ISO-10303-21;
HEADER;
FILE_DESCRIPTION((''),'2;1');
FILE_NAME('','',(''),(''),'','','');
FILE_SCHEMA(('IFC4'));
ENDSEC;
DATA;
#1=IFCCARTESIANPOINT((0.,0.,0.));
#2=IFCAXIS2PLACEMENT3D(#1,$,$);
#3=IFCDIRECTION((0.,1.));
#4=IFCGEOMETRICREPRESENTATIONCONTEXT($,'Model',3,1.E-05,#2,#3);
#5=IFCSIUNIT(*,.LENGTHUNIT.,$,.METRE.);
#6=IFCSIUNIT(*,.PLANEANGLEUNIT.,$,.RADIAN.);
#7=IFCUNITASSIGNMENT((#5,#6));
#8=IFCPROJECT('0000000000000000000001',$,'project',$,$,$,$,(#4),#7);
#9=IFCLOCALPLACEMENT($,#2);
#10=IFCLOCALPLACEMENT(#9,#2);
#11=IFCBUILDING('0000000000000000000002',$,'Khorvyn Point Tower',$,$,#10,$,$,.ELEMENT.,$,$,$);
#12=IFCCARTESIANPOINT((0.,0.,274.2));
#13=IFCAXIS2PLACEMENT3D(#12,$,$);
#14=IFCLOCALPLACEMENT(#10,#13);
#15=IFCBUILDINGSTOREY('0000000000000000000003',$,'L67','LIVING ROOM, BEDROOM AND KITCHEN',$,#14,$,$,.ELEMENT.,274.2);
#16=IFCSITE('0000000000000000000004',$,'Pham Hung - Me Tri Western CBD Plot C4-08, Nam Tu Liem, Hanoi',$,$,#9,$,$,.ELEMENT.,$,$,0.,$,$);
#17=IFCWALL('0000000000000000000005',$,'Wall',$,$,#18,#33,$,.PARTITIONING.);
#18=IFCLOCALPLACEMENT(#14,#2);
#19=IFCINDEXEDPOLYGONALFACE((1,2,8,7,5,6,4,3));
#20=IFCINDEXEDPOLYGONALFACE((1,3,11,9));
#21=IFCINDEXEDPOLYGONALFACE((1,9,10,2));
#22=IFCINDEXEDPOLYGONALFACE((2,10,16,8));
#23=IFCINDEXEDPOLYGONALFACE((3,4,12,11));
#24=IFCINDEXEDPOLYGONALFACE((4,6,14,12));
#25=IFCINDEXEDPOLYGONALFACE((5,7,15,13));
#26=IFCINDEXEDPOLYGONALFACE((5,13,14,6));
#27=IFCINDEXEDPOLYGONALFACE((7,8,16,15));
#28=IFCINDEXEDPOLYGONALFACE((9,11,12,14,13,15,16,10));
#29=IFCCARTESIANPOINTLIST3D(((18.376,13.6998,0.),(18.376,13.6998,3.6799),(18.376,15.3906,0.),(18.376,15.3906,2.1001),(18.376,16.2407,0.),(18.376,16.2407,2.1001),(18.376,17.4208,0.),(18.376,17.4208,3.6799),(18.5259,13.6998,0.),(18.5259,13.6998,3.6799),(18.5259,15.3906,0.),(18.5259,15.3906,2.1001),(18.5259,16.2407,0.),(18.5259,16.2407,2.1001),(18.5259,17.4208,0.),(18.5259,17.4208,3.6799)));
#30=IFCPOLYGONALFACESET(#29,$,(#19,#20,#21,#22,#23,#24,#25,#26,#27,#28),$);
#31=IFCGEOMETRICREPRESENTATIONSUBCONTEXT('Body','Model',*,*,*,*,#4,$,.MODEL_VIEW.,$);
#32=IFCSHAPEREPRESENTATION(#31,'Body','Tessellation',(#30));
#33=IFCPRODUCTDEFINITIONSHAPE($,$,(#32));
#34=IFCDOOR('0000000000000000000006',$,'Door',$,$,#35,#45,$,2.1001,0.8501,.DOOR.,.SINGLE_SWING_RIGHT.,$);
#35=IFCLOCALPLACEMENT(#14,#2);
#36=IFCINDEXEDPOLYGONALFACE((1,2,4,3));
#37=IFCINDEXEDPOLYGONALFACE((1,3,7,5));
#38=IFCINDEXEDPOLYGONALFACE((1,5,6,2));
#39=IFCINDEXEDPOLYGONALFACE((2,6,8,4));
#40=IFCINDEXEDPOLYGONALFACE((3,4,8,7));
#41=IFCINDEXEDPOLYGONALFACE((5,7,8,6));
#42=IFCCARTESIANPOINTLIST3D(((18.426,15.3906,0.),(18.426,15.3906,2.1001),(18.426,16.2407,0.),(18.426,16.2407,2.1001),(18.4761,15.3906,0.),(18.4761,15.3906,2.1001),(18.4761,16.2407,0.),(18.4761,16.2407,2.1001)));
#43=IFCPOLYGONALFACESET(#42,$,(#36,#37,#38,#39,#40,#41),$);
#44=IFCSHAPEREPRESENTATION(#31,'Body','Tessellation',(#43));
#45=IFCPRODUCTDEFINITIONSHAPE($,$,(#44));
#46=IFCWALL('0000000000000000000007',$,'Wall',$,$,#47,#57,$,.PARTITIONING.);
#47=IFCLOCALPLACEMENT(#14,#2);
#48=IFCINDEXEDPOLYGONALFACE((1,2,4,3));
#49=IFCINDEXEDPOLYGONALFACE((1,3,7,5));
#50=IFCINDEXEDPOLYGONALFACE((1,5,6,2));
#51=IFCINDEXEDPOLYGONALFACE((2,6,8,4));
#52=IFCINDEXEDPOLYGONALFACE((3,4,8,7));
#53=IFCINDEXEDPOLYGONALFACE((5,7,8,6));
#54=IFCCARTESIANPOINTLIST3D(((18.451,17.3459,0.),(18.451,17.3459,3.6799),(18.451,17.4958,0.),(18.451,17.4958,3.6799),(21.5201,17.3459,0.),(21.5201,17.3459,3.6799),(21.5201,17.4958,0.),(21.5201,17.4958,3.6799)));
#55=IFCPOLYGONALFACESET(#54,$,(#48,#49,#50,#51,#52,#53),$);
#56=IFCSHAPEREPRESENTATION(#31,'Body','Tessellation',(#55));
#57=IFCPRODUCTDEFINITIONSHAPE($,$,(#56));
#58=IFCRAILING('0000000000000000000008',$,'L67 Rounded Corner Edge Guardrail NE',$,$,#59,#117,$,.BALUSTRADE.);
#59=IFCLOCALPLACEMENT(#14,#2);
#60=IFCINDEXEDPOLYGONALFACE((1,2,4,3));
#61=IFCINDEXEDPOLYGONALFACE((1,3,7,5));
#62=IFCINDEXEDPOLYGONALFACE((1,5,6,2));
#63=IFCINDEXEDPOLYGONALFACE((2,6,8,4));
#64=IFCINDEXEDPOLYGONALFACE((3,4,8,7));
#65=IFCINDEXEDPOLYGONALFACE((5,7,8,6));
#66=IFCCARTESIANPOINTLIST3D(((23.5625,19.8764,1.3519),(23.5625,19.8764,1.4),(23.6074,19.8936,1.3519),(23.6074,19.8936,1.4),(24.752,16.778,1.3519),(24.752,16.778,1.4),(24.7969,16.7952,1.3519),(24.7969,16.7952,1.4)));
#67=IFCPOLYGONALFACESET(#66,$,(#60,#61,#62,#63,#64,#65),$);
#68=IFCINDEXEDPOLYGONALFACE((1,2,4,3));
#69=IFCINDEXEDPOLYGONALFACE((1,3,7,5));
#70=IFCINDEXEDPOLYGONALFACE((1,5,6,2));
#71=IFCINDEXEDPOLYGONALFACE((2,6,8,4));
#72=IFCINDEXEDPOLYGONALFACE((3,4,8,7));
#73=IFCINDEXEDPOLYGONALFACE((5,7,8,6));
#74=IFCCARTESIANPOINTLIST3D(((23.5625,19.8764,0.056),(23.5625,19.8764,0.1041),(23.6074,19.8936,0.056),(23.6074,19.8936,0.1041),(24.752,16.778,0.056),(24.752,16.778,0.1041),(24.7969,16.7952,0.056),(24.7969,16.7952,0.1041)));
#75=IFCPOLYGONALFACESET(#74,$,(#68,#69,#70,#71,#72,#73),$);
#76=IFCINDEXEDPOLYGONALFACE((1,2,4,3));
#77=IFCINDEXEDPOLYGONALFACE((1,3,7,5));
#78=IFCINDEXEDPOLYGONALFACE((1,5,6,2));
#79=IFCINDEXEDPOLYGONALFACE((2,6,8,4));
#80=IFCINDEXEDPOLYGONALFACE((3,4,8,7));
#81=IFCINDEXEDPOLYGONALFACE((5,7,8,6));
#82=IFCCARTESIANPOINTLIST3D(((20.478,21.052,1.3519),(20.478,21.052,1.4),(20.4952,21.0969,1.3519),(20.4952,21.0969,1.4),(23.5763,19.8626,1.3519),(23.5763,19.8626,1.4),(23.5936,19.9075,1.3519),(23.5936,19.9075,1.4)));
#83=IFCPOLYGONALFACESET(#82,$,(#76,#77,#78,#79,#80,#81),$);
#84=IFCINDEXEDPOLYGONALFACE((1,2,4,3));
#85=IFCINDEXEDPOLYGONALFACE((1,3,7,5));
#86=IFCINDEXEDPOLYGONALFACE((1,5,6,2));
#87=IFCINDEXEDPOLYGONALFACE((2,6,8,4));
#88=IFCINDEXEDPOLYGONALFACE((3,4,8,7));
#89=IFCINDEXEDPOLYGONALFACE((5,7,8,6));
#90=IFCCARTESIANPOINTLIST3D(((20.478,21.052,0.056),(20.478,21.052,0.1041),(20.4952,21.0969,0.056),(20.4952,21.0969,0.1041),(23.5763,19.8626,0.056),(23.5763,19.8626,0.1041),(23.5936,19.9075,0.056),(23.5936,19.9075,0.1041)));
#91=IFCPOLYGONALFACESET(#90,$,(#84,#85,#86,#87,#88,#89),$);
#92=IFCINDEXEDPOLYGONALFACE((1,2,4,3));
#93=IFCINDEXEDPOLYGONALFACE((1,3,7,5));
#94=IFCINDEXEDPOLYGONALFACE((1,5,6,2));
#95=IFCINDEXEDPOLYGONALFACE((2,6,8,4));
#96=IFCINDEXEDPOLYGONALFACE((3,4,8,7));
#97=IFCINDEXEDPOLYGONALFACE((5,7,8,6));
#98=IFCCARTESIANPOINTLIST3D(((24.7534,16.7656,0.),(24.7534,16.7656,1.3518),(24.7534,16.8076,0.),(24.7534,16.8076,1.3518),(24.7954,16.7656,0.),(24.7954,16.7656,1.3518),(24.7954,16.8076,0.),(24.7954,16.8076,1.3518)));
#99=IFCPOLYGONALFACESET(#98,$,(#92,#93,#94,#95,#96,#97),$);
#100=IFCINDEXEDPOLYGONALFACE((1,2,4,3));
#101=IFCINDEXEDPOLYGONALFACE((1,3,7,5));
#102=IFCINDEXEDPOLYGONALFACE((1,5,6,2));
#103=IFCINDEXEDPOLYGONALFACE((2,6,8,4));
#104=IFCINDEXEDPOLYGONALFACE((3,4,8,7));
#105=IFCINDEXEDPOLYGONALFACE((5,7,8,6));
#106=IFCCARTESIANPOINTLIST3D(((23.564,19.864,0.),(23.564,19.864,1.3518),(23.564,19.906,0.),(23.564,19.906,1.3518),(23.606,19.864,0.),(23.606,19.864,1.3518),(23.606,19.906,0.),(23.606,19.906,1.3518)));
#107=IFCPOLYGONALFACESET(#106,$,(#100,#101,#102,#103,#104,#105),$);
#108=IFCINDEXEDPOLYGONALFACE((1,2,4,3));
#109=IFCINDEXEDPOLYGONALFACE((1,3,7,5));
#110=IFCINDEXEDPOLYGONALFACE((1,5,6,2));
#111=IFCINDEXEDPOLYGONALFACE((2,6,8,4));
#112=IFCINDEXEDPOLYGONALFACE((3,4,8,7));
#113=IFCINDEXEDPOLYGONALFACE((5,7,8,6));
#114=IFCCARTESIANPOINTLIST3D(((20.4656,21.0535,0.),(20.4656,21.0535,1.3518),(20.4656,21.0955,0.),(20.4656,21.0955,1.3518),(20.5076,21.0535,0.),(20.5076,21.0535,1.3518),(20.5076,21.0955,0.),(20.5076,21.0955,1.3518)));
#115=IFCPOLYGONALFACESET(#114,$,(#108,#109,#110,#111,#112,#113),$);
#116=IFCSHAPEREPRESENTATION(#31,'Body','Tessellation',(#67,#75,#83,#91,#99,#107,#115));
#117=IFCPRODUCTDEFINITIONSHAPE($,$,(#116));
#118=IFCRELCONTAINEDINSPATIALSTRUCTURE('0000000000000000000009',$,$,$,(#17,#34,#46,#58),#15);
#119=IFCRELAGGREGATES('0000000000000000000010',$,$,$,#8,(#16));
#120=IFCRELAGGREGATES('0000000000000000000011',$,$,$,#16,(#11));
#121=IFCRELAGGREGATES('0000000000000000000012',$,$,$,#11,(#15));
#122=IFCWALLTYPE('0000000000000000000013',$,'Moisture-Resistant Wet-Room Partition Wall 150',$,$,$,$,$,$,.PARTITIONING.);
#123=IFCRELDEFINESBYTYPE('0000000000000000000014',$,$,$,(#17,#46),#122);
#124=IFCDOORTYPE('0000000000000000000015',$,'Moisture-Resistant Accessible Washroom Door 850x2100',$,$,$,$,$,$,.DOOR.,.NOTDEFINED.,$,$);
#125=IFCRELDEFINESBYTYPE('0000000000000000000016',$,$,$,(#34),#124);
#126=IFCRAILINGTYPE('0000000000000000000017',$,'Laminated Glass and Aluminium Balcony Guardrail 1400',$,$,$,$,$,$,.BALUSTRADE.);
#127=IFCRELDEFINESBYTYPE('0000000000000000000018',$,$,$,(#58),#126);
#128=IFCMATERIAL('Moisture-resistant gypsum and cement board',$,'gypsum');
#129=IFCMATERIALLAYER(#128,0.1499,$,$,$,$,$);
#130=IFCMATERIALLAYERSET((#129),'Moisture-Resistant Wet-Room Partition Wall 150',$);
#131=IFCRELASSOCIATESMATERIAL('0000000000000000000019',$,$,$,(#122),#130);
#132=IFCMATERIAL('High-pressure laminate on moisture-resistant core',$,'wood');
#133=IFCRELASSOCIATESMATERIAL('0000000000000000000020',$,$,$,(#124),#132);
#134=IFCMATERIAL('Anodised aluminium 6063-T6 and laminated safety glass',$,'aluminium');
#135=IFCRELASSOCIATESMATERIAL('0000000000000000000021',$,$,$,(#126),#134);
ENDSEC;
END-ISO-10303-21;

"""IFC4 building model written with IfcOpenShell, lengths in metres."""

from ifc_helpers import new_model, si_unit, direction, frame, frame_2d, origin, origin_2d, place, context, subcontext, project, spatial, rectangle, extrude, material, layer, layer_set, type_object, element, fill, save


model = new_model("IFC4")

# Units and contexts
model_context = context("Model", 3, precision=1e-05, world=origin(), true_north=direction((0.0, 1.0)))
body_context = subcontext(model_context, "Body", "Model", "MODEL_VIEW")
ifc_project = project(units=[si_unit("LENGTHUNIT", "METRE"), si_unit("PLANEANGLEUNIT", "RADIAN")], contexts=[model_context])

# Site, building, storey
site_placement = place(None, origin())
site = spatial("IfcSite", under=ifc_project, at=site_placement, Name="Pham Hung - Me Tri Western CBD Plot C4-08, Nam Tu Liem, Hanoi", CompositionType="ELEMENT", RefElevation=0.0)
building_placement = place(site_placement, origin())
building = spatial("IfcBuilding", under=site, at=building_placement, Name="Khorvyn Point Tower", CompositionType="ELEMENT")
storey_placement = place(building_placement, frame((0.0, 0.0, 274.2)))
storey = spatial("IfcBuildingStorey", under=building, at=storey_placement, Name="L67", Description="LIVING ROOM, BEDROOM AND KITCHEN", CompositionType="ELEMENT", Elevation=274.2)

# Wall, opening, door
ifc_material_1 = material(Name="Moisture-resistant gypsum and cement board", Category="gypsum")
ifc_layer_1 = layer(ifc_material_1, 0.1499)
ifc_layer_set_1 = layer_set([ifc_layer_1], Name="Moisture-Resistant Wet-Room Partition Wall 150")
wall_type_1 = type_object("IfcWallType", Name="Moisture-Resistant Wet-Room Partition Wall 150", PredefinedType="PARTITIONING", material=ifc_layer_set_1)
ifc_material_2 = material(Name="High-pressure laminate on moisture-resistant core", Category="wood")
door_type_1 = type_object("IfcDoorType", Name="Moisture-Resistant Accessible Washroom Door 850x2100", OperationType="NOTDEFINED", PredefinedType="DOOR", material=ifc_material_2)
wall_1_placement = place(storey_placement, frame((18.4509, 13.7, 0.0), z_axis=(0.0, 0.0, 1.0), x_axis=(0.0, 1.0, 0.0)))
wall_1 = element("IfcWall", 1, at=wall_1_placement, inside=storey, type_object=wall_type_1, Name="Wall", PredefinedType="PARTITIONING", context=body_context, shape_type="SweptSolid", body=[
    extrude(rectangle(XDim=3.7209, YDim=0.1499, at=frame_2d((1.8604, 0.0))), origin(), (0.0, 0.0, 1.0), 3.6799),
])
opening_1_placement = place(wall_1_placement, frame((1.6907, 0.0, 0.0)))
opening_1 = element("IfcOpeningElement", 2, at=opening_1_placement, cuts=wall_1, PredefinedType="OPENING", context=body_context, shape_type="SweptSolid", body=[
    extrude(rectangle(XDim=0.8501, YDim=2.1001, at=frame_2d((0.425, 1.05))), frame((0.0, 0.085, 0.0), z_axis=(0.0, -1.0, 0.0), x_axis=(1.0, 0.0, 0.0)), (0.0, 0.0, 1.0), 0.1699),
])
door_1_placement = place(opening_1_placement, origin())
door_1 = element("IfcDoor", 3, at=door_1_placement, inside=storey, type_object=door_type_1, Name="Door", OperationType="SINGLE_SWING_RIGHT", OverallHeight=2.1001, OverallWidth=0.8501, PredefinedType="DOOR", context=body_context, shape_type="SweptSolid", body=[
    extrude(rectangle(XDim=0.8501, YDim=2.1001, at=frame_2d((0.425, 1.05))), frame((0.0, 0.0249, 0.0), z_axis=(0.0, -1.0, 0.0), x_axis=(1.0, 0.0, 0.0)), (0.0, 0.0, 1.0), 0.05),
])
fill(opening_1, door_1)

# Wall
wall_2_placement = place(storey_placement, frame((18.4509, 17.4209, 0.0), z_axis=(0.0, 0.0, 1.0), x_axis=(1.0, 0.0, 0.0)))
element("IfcWall", 4, at=wall_2_placement, inside=storey, type_object=wall_type_1, Name="Wall", PredefinedType="PARTITIONING", context=body_context, shape_type="SweptSolid", body=[
    extrude(rectangle(XDim=3.0691, YDim=0.1499, at=frame_2d((1.5347, 0.0))), origin(), (0.0, 0.0, 1.0), 3.6799),
])

# Railing
ifc_material_3 = material(Name="Anodised aluminium 6063-T6 and laminated safety glass", Category="aluminium")
railing_type = type_object("IfcRailingType", Name="Laminated Glass and Aluminium Balcony Guardrail 1400", PredefinedType="BALUSTRADE", material=ifc_material_3)
railing_1_placement = place(storey_placement, frame((24.7744, 16.7866, 0.0)))
element("IfcRailing", 5, at=railing_1_placement, inside=storey, type_object=railing_type, Name="L67 Rounded Corner Edge Guardrail NE", PredefinedType="BALUSTRADE", context=body_context, shape_type="SweptSolid", body=[
    extrude(rectangle(XDim=0.0481, YDim=0.0481, at=origin_2d()), frame((0.0, 0.0, 1.376), z_axis=(-0.358392, 0.933571, 0.0), x_axis=(-0.933571, -0.358392, 0.0)), (0.0, 0.0, 1.0), 3.3188),
    extrude(rectangle(XDim=0.0481, YDim=0.0481, at=origin_2d()), frame((0.0, 0.0, 0.0801), z_axis=(-0.358392, 0.933571, 0.0), x_axis=(-0.933571, -0.358392, 0.0)), (0.0, 0.0, 1.0), 3.3188),
    extrude(rectangle(XDim=0.0481, YDim=0.0481, at=origin_2d()), frame((-1.1895, 3.0984, 1.376), z_axis=(-0.933571, 0.358392, 0.0), x_axis=(-0.358392, -0.933571, 0.0)), (0.0, 0.0, 1.0), 3.3188),
    extrude(rectangle(XDim=0.0481, YDim=0.0481, at=origin_2d()), frame((-1.1895, 3.0984, 0.0801), z_axis=(-0.933571, 0.358392, 0.0), x_axis=(-0.358392, -0.933571, 0.0)), (0.0, 0.0, 1.0), 3.3188),
    extrude(rectangle(XDim=0.042, YDim=0.042, at=origin_2d()), origin(), (0.0, 0.0, 1.0), 1.3518),
    extrude(rectangle(XDim=0.042, YDim=0.042, at=origin_2d()), frame((-1.1895, 3.0984, 0.0)), (0.0, 0.0, 1.0), 1.3518),
    extrude(rectangle(XDim=0.042, YDim=0.042, at=origin_2d()), frame((-4.2878, 4.2878, 0.0)), (0.0, 0.0, 1.0), 1.3518),
])

save(model, "model.ifc")
